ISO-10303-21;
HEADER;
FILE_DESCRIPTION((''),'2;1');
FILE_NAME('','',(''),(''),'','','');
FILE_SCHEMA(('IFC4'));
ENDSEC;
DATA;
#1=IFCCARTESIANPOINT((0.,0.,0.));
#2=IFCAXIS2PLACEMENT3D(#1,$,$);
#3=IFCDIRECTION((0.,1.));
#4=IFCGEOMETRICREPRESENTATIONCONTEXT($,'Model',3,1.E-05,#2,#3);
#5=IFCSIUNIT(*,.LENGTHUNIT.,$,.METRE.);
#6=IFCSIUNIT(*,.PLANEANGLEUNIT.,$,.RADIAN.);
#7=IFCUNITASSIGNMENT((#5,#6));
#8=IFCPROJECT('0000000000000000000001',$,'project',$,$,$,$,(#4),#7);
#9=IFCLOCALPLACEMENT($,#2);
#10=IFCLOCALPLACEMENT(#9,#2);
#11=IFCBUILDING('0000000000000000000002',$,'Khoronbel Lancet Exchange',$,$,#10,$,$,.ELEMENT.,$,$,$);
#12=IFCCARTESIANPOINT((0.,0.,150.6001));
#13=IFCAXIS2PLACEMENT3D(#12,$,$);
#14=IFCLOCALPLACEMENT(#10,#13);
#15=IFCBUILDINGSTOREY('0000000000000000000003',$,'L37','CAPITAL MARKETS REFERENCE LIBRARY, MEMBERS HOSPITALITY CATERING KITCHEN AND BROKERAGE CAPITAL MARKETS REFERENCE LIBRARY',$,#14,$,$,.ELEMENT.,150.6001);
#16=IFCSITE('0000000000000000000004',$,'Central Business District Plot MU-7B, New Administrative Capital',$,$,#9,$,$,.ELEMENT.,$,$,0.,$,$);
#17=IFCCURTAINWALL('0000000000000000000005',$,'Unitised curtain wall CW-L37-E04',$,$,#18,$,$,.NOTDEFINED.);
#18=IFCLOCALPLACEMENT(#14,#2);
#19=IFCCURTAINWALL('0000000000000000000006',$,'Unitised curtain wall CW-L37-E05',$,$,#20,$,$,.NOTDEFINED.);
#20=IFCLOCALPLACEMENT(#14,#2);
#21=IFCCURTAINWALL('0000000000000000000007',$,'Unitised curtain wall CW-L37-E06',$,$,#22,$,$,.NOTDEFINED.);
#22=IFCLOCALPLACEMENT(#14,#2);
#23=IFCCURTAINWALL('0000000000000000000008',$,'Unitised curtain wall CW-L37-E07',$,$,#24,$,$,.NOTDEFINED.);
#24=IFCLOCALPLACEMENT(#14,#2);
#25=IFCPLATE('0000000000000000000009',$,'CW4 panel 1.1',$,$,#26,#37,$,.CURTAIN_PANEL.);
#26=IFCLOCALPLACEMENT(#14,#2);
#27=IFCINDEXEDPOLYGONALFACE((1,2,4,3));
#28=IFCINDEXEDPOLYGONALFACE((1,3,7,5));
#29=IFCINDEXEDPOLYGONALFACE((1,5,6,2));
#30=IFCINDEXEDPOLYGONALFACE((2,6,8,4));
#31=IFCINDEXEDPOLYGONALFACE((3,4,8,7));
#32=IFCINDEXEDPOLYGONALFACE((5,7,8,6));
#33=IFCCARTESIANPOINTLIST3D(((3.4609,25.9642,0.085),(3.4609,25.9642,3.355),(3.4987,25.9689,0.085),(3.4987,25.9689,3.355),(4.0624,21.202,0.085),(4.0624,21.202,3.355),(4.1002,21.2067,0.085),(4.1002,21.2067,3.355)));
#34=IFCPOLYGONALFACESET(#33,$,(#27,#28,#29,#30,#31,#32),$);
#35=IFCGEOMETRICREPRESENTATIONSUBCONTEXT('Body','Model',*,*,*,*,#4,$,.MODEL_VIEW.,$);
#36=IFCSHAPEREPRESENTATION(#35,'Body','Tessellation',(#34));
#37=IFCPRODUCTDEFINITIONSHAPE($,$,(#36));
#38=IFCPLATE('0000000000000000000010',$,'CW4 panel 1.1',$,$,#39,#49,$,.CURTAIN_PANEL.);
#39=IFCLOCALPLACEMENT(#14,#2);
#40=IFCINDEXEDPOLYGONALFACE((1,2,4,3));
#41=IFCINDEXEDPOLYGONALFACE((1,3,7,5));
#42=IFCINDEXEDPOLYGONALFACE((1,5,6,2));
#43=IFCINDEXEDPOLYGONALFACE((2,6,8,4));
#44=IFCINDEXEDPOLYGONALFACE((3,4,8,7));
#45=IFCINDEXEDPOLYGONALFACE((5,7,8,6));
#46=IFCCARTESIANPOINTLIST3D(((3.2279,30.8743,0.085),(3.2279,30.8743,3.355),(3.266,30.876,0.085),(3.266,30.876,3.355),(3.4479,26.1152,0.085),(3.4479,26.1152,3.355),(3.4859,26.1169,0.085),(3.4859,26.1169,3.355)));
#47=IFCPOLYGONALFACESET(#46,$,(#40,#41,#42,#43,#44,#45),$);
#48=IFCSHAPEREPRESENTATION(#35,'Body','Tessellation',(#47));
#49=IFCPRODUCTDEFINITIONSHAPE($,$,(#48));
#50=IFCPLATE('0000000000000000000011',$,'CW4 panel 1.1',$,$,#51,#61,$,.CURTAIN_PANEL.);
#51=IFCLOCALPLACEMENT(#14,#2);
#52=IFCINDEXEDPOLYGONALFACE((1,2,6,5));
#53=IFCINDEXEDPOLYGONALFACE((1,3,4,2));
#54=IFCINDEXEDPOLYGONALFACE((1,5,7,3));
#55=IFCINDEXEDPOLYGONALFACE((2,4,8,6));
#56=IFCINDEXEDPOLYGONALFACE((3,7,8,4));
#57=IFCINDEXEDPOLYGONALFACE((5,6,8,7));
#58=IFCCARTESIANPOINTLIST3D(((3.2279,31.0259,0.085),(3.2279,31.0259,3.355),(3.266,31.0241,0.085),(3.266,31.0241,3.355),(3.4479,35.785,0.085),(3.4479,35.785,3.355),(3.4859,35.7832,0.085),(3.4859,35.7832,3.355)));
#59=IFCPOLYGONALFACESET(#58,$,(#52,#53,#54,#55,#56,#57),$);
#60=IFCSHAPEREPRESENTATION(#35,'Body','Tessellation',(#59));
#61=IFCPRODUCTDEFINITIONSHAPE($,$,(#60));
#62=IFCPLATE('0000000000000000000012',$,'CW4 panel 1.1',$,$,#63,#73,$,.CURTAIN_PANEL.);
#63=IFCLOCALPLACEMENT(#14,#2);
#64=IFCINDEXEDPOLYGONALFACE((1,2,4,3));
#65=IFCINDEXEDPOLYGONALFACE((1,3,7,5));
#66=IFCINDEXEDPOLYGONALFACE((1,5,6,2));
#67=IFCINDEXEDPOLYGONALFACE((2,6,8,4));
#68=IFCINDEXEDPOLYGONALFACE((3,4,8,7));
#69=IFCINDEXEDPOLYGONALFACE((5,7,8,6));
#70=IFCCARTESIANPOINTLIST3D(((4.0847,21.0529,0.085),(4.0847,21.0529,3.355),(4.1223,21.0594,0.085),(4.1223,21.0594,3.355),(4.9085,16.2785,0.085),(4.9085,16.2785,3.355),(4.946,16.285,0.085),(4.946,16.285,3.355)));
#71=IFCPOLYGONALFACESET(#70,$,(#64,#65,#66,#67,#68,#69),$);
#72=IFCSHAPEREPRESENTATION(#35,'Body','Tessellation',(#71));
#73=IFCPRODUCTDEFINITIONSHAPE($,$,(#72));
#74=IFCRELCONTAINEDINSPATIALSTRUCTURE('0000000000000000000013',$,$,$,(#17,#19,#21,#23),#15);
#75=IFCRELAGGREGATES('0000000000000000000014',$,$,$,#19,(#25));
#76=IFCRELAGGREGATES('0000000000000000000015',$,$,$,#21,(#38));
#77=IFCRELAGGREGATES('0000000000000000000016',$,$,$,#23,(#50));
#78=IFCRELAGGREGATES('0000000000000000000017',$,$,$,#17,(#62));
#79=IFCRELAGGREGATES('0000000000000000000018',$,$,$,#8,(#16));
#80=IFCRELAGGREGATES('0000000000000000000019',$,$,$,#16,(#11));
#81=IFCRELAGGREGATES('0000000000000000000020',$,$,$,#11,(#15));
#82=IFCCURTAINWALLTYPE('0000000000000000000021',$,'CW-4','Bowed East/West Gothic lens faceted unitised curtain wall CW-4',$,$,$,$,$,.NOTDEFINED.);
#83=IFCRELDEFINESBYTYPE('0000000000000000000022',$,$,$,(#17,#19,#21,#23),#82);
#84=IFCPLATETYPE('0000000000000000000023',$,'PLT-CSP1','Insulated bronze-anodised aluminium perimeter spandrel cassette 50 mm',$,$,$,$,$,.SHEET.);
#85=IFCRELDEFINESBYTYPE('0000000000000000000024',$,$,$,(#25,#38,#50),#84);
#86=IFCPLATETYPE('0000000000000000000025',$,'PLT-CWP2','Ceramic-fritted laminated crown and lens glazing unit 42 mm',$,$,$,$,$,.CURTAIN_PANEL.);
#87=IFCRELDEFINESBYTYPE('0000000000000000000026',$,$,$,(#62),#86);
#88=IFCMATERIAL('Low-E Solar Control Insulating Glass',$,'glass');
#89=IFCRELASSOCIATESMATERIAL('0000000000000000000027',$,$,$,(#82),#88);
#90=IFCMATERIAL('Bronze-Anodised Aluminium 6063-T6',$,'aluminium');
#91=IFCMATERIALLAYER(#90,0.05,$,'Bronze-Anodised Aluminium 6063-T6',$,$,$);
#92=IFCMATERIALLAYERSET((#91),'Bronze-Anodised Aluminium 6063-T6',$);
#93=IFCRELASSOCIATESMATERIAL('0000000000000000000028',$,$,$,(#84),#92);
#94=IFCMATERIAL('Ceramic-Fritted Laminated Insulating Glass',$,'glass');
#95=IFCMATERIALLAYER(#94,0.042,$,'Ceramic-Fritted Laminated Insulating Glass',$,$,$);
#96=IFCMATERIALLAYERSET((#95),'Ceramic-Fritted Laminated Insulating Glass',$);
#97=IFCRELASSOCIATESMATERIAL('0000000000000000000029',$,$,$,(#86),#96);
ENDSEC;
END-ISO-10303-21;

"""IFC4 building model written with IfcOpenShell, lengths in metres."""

from ifc_helpers import new_model, si_unit, direction, frame, origin, origin_2d, place, context, subcontext, project, spatial, rectangle, extrude, material, layer, layer_set, type_object, element, aggregate, save


model = new_model("IFC4")

# Units and contexts
model_context = context("Model", 3, precision=1e-05, world=origin(), true_north=direction((0.0, 1.0)))
body_context = subcontext(model_context, "Body", "Model", "MODEL_VIEW")
ifc_project = project(units=[si_unit("LENGTHUNIT", "METRE"), si_unit("PLANEANGLEUNIT", "RADIAN")], contexts=[model_context])

# Site, building, storey
site_placement = place(None, origin())
site = spatial("IfcSite", under=ifc_project, at=site_placement, Name="Central Business District Plot MU-7B, New Administrative Capital", CompositionType="ELEMENT", RefElevation=0.0)
building_placement = place(site_placement, origin())
building = spatial("IfcBuilding", under=site, at=building_placement, Name="Khoronbel Lancet Exchange", CompositionType="ELEMENT")
storey_placement = place(building_placement, frame((0.0, 0.0, 150.6001)))
storey = spatial("IfcBuildingStorey", under=building, at=storey_placement, Name="L37", Description="CAPITAL MARKETS REFERENCE LIBRARY, MEMBERS HOSPITALITY CATERING KITCHEN AND BROKERAGE CAPITAL MARKETS REFERENCE LIBRARY", CompositionType="ELEMENT", Elevation=150.6001)

# Curtain walls
ifc_material_1 = material(Name="Low-E Solar Control Insulating Glass", Category="glass")
curtain_wall_type = type_object("IfcCurtainWallType", Name="CW-4", Description="Bowed East/West Gothic lens faceted unitised curtain wall CW-4", PredefinedType="NOTDEFINED", material=ifc_material_1)
curtain_wall_1_placement = place(storey_placement, origin())
curtain_wall_1 = element("IfcCurtainWall", 1, at=curtain_wall_1_placement, inside=storey, type_object=curtain_wall_type, Name="Unitised curtain wall CW-L37-E04", PredefinedType="NOTDEFINED")
ifc_material_2 = material(Name="Bronze-Anodised Aluminium 6063-T6", Category="aluminium")
curtain_wall_2_placement = place(storey_placement, origin())
curtain_wall_2 = element("IfcCurtainWall", 2, at=curtain_wall_2_placement, inside=storey, type_object=curtain_wall_type, Name="Unitised curtain wall CW-L37-E05", PredefinedType="NOTDEFINED")
curtain_wall_3_placement = place(storey_placement, origin())
curtain_wall_3 = element("IfcCurtainWall", 3, at=curtain_wall_3_placement, inside=storey, type_object=curtain_wall_type, Name="Unitised curtain wall CW-L37-E06", PredefinedType="NOTDEFINED")

# Curtain wall
curtain_wall_4_placement = place(storey_placement, origin())
curtain_wall_4 = element("IfcCurtainWall", 4, at=curtain_wall_4_placement, inside=storey, type_object=curtain_wall_type, Name="Unitised curtain wall CW-L37-E07", PredefinedType="NOTDEFINED")

# Plates
ifc_layer_1 = layer(ifc_material_2, 0.05, Name="Bronze-Anodised Aluminium 6063-T6")
ifc_layer_set_1 = layer_set([ifc_layer_1], Name="Bronze-Anodised Aluminium 6063-T6")
plate_type_1 = type_object("IfcPlateType", Name="PLT-CSP1", Description="Insulated bronze-anodised aluminium perimeter spandrel cassette 50 mm", PredefinedType="SHEET", material=ifc_layer_set_1)
plate_1_placement = place(storey_placement, frame((3.7805, 23.5854, 0.085), z_axis=(0.0, 0.0, 1.0), x_axis=(-0.125313, 0.992117, 0.0)))
plate_1 = element("IfcPlate", 5, at=plate_1_placement, type_object=plate_type_1, Name="CW4 panel 1.1", PredefinedType="CURTAIN_PANEL", context=body_context, shape_type="SweptSolid", body=[
    extrude(rectangle(XDim=4.8, YDim=0.0381, at=origin_2d()), origin(), (0.0, 0.0, 1.0), 3.27),
])
aggregate(curtain_wall_2, [plate_1])
plate_2_placement = place(storey_placement, frame((3.3569, 28.4956, 0.085), z_axis=(0.0, 0.0, 1.0), x_axis=(-0.046172, 0.998934, 0.0)))
plate_2 = element("IfcPlate", 6, at=plate_2_placement, type_object=plate_type_1, Name="CW4 panel 1.1", PredefinedType="CURTAIN_PANEL", context=body_context, shape_type="SweptSolid", body=[
    extrude(rectangle(XDim=4.7642, YDim=0.0381, at=origin_2d()), origin(), (0.0, 0.0, 1.0), 3.27),
])
aggregate(curtain_wall_3, [plate_2])
plate_3_placement = place(storey_placement, frame((3.3569, 33.4045, 0.085), z_axis=(0.0, 0.0, 1.0), x_axis=(0.046172, 0.998934, 0.0)))
plate_3 = element("IfcPlate", 7, at=plate_3_placement, type_object=plate_type_1, Name="CW4 panel 1.1", PredefinedType="CURTAIN_PANEL", context=body_context, shape_type="SweptSolid", body=[
    extrude(rectangle(XDim=4.7642, YDim=0.0381, at=origin_2d()), origin(), (0.0, 0.0, 1.0), 3.27),
])
aggregate(curtain_wall_4, [plate_3])
ifc_material_3 = material(Name="Ceramic-Fritted Laminated Insulating Glass", Category="glass")
ifc_layer_2 = layer(ifc_material_3, 0.042, Name="Ceramic-Fritted Laminated Insulating Glass")
ifc_layer_set_2 = layer_set([ifc_layer_2], Name="Ceramic-Fritted Laminated Insulating Glass")
plate_type_2 = type_object("IfcPlateType", Name="PLT-CWP2", Description="Ceramic-fritted laminated crown and lens glazing unit 42 mm", PredefinedType="CURTAIN_PANEL", material=ifc_layer_set_2)
plate_4_placement = place(storey_placement, frame((4.5154, 18.6689, 0.085), z_axis=(0.0, 0.0, 1.0), x_axis=(-0.170029, 0.985439, 0.0)))
plate_4 = element("IfcPlate", 8, at=plate_4_placement, type_object=plate_type_2, Name="CW4 panel 1.1", PredefinedType="CURTAIN_PANEL", context=body_context, shape_type="SweptSolid", body=[
    extrude(rectangle(XDim=4.845, YDim=0.0381, at=origin_2d()), origin(), (0.0, 0.0, 1.0), 3.27),
])
aggregate(curtain_wall_1, [plate_4])

save(model, "model.ifc")
